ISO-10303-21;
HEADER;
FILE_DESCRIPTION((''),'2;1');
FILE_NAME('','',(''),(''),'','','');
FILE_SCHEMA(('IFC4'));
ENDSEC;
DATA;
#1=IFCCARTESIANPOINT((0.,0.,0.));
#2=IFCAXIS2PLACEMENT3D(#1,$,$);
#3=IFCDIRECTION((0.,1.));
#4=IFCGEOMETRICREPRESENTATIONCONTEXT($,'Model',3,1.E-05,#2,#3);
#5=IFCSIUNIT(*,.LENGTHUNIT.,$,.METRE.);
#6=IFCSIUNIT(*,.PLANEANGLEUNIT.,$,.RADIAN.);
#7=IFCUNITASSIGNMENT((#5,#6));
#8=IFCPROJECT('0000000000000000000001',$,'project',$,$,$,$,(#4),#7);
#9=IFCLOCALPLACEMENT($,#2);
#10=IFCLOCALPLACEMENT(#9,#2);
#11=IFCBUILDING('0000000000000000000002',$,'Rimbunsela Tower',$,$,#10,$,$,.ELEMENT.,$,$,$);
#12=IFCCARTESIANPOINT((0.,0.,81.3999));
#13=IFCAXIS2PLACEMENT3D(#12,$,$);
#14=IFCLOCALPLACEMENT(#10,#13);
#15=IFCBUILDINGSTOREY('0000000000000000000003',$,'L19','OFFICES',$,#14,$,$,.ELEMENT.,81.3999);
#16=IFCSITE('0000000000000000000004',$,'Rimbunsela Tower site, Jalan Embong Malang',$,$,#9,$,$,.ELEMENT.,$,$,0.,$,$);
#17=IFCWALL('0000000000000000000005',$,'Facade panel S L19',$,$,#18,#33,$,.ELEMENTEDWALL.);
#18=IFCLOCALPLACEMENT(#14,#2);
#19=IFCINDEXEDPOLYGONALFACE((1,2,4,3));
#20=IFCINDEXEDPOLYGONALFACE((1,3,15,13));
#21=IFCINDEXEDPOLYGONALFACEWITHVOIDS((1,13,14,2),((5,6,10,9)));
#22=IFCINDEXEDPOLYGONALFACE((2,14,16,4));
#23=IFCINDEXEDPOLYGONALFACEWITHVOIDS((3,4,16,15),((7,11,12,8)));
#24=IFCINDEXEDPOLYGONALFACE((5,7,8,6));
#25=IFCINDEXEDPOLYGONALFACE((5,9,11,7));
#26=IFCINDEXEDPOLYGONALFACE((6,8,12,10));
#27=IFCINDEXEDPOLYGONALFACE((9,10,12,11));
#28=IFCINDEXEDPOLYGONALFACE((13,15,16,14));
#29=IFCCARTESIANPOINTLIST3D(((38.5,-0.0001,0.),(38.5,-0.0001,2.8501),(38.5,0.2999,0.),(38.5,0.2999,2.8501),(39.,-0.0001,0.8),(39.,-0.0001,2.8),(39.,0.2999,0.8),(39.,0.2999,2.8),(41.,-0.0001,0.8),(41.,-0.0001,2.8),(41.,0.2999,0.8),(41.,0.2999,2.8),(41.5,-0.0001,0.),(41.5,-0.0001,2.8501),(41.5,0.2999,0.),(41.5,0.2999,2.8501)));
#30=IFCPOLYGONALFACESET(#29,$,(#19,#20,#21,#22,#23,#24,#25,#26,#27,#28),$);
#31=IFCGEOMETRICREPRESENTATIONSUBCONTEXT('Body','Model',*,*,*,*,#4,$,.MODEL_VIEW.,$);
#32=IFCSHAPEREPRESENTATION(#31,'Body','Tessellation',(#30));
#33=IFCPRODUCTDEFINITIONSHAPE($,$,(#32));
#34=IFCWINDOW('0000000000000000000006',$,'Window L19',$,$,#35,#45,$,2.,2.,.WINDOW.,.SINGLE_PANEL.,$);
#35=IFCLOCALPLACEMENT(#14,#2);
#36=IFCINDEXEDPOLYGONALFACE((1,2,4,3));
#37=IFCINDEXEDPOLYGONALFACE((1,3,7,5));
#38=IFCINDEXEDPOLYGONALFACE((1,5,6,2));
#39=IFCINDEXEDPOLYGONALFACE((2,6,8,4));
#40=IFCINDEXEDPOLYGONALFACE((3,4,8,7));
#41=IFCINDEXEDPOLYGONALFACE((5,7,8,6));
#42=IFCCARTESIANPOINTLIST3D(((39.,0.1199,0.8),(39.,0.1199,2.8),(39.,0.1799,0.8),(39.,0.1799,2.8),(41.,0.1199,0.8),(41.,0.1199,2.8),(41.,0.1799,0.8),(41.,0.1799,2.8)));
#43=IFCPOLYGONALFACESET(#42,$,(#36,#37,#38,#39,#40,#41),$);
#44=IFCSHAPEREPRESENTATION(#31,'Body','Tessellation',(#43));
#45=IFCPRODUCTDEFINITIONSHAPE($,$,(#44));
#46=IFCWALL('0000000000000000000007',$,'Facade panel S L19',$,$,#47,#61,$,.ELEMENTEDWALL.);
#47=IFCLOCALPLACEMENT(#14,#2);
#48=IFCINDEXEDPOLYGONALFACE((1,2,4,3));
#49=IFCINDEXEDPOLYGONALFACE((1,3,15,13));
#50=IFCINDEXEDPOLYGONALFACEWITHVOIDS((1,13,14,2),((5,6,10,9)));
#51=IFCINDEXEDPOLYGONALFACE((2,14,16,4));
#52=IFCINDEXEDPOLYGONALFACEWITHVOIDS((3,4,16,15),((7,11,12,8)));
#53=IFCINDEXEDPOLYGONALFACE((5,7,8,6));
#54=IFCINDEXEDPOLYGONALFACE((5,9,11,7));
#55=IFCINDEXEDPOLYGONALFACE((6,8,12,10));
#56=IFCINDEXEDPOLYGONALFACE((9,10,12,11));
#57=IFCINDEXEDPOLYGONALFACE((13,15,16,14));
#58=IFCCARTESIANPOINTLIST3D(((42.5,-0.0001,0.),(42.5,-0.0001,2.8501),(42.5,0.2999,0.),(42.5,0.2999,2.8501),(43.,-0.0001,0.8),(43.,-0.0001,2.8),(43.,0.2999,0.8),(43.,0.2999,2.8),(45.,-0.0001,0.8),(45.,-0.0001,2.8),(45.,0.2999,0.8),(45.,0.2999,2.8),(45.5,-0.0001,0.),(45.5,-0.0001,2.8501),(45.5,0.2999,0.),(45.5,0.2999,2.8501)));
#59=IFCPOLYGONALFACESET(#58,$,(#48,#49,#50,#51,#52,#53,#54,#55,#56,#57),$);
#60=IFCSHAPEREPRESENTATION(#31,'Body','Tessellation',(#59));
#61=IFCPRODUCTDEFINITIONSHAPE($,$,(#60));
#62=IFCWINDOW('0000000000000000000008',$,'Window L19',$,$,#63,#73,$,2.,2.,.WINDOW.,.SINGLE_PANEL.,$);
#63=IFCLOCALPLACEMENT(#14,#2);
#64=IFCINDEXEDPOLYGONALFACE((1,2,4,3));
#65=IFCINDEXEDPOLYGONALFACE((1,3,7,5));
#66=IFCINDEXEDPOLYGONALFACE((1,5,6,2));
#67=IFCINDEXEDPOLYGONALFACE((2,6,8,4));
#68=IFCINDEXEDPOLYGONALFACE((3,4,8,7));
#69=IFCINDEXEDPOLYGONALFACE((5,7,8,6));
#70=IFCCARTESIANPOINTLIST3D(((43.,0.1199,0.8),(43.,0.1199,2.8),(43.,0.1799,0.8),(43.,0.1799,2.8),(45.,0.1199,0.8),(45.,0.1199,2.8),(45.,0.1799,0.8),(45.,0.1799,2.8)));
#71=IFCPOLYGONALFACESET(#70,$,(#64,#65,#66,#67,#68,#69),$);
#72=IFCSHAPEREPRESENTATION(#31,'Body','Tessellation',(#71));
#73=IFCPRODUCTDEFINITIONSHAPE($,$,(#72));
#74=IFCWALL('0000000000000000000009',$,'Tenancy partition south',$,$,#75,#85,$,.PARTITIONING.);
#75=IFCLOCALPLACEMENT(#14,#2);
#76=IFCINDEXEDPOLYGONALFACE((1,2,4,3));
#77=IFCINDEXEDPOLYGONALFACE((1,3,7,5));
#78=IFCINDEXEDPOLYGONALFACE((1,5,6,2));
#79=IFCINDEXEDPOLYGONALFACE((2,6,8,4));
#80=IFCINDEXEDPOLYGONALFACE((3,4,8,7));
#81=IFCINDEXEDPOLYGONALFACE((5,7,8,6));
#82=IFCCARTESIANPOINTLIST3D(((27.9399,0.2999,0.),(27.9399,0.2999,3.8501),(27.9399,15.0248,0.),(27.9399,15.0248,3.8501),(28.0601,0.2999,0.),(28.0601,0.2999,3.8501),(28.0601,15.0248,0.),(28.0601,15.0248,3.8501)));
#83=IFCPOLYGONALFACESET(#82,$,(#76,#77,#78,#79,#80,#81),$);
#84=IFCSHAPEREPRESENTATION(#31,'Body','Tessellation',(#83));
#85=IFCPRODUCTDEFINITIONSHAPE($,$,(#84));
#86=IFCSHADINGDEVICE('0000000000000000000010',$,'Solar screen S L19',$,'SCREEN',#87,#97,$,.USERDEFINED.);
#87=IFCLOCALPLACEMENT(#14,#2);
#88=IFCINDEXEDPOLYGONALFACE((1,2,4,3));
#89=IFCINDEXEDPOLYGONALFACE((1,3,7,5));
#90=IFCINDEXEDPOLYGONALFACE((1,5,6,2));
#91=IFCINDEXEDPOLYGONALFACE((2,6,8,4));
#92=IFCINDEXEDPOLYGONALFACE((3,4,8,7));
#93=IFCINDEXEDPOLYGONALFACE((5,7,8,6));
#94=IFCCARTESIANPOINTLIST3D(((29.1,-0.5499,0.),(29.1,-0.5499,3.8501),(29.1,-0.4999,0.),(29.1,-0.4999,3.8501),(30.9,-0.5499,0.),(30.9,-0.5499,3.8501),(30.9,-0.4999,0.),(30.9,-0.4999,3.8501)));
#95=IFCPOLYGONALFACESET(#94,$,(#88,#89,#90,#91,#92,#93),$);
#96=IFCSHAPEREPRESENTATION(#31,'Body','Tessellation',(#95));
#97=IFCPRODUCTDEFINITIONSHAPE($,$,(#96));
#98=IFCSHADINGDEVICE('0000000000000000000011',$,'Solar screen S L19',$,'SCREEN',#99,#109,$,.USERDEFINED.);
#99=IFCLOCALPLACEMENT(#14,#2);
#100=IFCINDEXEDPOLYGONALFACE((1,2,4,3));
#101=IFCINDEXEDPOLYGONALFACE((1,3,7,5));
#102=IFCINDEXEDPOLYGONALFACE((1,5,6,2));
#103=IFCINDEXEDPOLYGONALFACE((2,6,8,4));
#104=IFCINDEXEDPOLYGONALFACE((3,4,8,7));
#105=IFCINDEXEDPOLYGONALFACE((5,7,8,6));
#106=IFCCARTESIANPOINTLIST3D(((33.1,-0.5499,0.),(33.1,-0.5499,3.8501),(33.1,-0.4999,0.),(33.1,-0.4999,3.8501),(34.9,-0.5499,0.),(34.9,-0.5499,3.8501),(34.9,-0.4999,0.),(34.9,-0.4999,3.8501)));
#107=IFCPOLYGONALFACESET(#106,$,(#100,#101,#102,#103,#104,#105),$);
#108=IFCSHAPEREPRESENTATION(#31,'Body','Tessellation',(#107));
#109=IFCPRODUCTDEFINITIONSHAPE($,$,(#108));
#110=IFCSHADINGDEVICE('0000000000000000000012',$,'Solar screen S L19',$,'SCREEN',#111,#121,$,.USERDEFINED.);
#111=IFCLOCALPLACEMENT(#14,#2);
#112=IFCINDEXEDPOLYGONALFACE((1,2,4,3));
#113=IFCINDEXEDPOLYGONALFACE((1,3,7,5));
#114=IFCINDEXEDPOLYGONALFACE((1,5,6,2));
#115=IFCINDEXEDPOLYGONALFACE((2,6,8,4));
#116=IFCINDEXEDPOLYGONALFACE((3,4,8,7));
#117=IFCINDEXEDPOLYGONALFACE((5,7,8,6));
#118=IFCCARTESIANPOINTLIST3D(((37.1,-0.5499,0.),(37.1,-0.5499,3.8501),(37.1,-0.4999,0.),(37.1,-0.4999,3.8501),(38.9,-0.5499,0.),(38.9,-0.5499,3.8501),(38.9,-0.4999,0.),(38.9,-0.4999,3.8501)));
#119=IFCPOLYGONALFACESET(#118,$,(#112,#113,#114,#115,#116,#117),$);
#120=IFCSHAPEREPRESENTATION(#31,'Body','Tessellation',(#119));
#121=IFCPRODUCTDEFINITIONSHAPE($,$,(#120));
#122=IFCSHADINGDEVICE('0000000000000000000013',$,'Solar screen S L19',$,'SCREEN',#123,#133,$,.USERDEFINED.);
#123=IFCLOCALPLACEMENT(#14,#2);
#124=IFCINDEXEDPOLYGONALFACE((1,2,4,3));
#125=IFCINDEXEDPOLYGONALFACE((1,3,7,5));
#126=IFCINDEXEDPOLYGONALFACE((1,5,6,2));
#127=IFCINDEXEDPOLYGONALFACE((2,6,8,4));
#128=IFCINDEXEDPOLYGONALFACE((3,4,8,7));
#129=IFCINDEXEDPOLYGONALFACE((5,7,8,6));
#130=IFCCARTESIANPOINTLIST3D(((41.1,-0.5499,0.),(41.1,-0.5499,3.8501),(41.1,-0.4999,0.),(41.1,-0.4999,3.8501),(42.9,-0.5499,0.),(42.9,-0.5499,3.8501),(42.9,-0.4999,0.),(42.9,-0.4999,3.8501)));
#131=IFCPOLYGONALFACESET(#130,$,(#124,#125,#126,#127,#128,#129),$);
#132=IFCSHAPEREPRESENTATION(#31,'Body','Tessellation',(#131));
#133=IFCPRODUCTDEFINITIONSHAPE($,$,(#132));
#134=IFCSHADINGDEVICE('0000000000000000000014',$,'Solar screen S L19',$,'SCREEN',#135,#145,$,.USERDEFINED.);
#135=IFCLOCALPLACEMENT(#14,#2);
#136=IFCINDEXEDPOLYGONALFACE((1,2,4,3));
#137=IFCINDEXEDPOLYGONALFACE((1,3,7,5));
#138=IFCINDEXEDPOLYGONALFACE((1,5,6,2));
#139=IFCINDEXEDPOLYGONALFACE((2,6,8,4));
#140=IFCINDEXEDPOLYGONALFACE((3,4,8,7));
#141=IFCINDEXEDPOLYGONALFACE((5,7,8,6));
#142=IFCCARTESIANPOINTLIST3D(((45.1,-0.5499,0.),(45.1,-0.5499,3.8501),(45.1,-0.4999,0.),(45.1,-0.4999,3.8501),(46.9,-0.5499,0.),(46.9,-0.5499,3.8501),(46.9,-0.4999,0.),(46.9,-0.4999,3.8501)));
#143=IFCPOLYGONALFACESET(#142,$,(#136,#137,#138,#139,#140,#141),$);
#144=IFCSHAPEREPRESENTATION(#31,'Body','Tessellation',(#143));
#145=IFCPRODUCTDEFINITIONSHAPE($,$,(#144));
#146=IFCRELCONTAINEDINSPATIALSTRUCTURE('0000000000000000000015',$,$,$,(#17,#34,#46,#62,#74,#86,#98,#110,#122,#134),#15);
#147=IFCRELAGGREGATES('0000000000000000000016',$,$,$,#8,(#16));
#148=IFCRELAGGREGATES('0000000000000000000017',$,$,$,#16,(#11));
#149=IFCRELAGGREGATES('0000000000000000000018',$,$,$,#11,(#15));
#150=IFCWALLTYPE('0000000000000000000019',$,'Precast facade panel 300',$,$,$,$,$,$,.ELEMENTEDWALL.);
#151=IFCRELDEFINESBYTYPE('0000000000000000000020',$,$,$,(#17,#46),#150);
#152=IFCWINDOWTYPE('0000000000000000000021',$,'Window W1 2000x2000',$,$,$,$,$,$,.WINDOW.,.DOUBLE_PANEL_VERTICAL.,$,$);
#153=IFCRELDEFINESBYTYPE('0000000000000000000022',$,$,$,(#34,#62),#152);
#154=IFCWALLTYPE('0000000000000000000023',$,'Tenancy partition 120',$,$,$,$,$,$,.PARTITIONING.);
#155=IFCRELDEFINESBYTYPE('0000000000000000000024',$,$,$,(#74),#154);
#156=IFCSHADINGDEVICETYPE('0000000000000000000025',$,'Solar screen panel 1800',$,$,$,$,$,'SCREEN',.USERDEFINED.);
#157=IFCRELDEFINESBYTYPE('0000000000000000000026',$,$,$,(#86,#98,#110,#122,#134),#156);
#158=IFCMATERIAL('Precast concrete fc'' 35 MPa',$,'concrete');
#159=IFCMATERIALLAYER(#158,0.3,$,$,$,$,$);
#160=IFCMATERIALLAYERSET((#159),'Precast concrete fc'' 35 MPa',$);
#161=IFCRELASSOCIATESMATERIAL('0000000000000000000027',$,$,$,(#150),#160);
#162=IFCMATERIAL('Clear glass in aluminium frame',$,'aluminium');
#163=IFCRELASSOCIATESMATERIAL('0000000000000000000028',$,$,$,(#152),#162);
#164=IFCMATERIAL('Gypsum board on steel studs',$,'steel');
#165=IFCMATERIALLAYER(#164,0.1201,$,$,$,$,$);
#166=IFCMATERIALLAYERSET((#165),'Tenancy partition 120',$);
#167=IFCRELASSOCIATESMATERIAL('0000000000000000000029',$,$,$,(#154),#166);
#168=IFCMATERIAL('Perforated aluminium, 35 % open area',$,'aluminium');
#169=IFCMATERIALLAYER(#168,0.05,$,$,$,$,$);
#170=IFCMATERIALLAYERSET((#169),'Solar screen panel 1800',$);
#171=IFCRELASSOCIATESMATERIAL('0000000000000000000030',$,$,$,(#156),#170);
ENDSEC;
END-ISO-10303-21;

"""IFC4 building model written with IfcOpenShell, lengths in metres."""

from ifc_helpers import new_model, si_unit, direction, frame, frame_2d, origin, origin_2d, place, context, subcontext, project, spatial, rectangle, extrude, material, layer, layer_set, type_object, element, fill, save


model = new_model("IFC4")

# Units and contexts
model_context = context("Model", 3, precision=1e-05, world=origin(), true_north=direction((0.0, 1.0)))
body_context = subcontext(model_context, "Body", "Model", "MODEL_VIEW")
ifc_project = project(units=[si_unit("LENGTHUNIT", "METRE"), si_unit("PLANEANGLEUNIT", "RADIAN")], contexts=[model_context])

# Site, building, storey
site_placement = place(None, origin())
site = spatial("IfcSite", under=ifc_project, at=site_placement, Name="Rimbunsela Tower site, Jalan Embong Malang", CompositionType="ELEMENT", RefElevation=0.0)
building_placement = place(site_placement, origin())
building = spatial("IfcBuilding", under=site, at=building_placement, Name="Rimbunsela Tower", CompositionType="ELEMENT")
storey_placement = place(building_placement, frame((0.0, 0.0, 81.3999)))
storey = spatial("IfcBuildingStorey", under=building, at=storey_placement, Name="L19", Description="OFFICES", CompositionType="ELEMENT", Elevation=81.3999)

# Shared definitions
ifc_material_1 = material(Name="Precast concrete fc' 35 MPa", Category="concrete")
ifc_layer_1 = layer(ifc_material_1, 0.3)
ifc_layer_set_1 = layer_set([ifc_layer_1], Name="Precast concrete fc' 35 MPa")
wall_type_1 = type_object("IfcWallType", Name="Precast facade panel 300", PredefinedType="ELEMENTEDWALL", material=ifc_layer_set_1)

# Walls, openings, windows
ifc_material_2 = material(Name="Clear glass in aluminium frame", Category="aluminium")
window_type_1 = type_object("IfcWindowType", Name="Window W1 2000x2000", PartitioningType="DOUBLE_PANEL_VERTICAL", PredefinedType="WINDOW", material=ifc_material_2)
wall_1_placement = place(storey_placement, frame((38.5, 0.1499, 0.0), z_axis=(0.0, 0.0, 1.0), x_axis=(1.0, 0.0, 0.0)))
wall_1 = element("IfcWall", 1, at=wall_1_placement, inside=storey, type_object=wall_type_1, Name="Facade panel S L19", PredefinedType="ELEMENTEDWALL", context=body_context, shape_type="SweptSolid", body=[
    extrude(rectangle(XDim=3.0, YDim=0.3, at=frame_2d((1.5, 0.0))), origin(), (0.0, 0.0, 1.0), 2.8501),
])
opening_1_placement = place(wall_1_placement, frame((0.5, 0.0, 0.8)))
opening_1 = element("IfcOpeningElement", 2, at=opening_1_placement, cuts=wall_1, PredefinedType="OPENING", context=body_context, shape_type="SweptSolid", body=[
    extrude(rectangle(XDim=2.0, YDim=2.0, at=frame_2d((1.0, 1.0))), frame((0.0, 0.1599, 0.0), z_axis=(0.0, -1.0, 0.0), x_axis=(1.0, 0.0, 0.0)), (0.0, 0.0, 1.0), 0.3201),
])
window_1_placement = place(opening_1_placement, origin())
window_1 = element("IfcWindow", 3, at=window_1_placement, inside=storey, type_object=window_type_1, Name="Window L19", OverallHeight=2.0, OverallWidth=2.0, PartitioningType="SINGLE_PANEL", PredefinedType="WINDOW", context=body_context, shape_type="SweptSolid", body=[
    extrude(rectangle(XDim=2.0, YDim=2.0, at=frame_2d((1.0, 1.0))), frame((0.0, 0.03, 0.0), z_axis=(0.0, -1.0, 0.0), x_axis=(1.0, 0.0, 0.0)), (0.0, 0.0, 1.0), 0.0601),
])
fill(opening_1, window_1)
wall_2_placement = place(storey_placement, frame((42.5, 0.1499, 0.0), z_axis=(0.0, 0.0, 1.0), x_axis=(1.0, 0.0, 0.0)))
wall_2 = element("IfcWall", 4, at=wall_2_placement, inside=storey, type_object=wall_type_1, Name="Facade panel S L19", PredefinedType="ELEMENTEDWALL", context=body_context, shape_type="SweptSolid", body=[
    extrude(rectangle(XDim=3.0, YDim=0.3, at=frame_2d((1.5, 0.0))), origin(), (0.0, 0.0, 1.0), 2.8501),
])
opening_2_placement = place(wall_2_placement, frame((0.5, 0.0, 0.8)))
opening_2 = element("IfcOpeningElement", 5, at=opening_2_placement, cuts=wall_2, PredefinedType="OPENING", context=body_context, shape_type="SweptSolid", body=[
    extrude(rectangle(XDim=2.0, YDim=2.0, at=frame_2d((1.0, 1.0))), frame((0.0, 0.1599, 0.0), z_axis=(0.0, -1.0, 0.0), x_axis=(1.0, 0.0, 0.0)), (0.0, 0.0, 1.0), 0.3201),
])
window_2_placement = place(opening_2_placement, origin())
window_2 = element("IfcWindow", 6, at=window_2_placement, inside=storey, type_object=window_type_1, Name="Window L19", OverallHeight=2.0, OverallWidth=2.0, PartitioningType="SINGLE_PANEL", PredefinedType="WINDOW", context=body_context, shape_type="SweptSolid", body=[
    extrude(rectangle(XDim=2.0, YDim=2.0, at=frame_2d((1.0, 1.0))), frame((0.0, 0.03, 0.0), z_axis=(0.0, -1.0, 0.0), x_axis=(1.0, 0.0, 0.0)), (0.0, 0.0, 1.0), 0.0601),
])
fill(opening_2, window_2)

# Wall
ifc_material_3 = material(Name="Gypsum board on steel studs", Category="steel")
ifc_layer_2 = layer(ifc_material_3, 0.1201)
ifc_layer_set_2 = layer_set([ifc_layer_2], Name="Tenancy partition 120")
wall_type_2 = type_object("IfcWallType", Name="Tenancy partition 120", PredefinedType="PARTITIONING", material=ifc_layer_set_2)
wall_3_placement = place(storey_placement, frame((28.0, 0.3, 0.0), z_axis=(0.0, 0.0, 1.0), x_axis=(0.0, 1.0, 0.0)))
element("IfcWall", 7, at=wall_3_placement, inside=storey, type_object=wall_type_2, Name="Tenancy partition south", PredefinedType="PARTITIONING", context=body_context, shape_type="SweptSolid", body=[
    extrude(rectangle(XDim=14.7249, YDim=0.1201, at=frame_2d((7.3623, 0.0))), origin(), (0.0, 0.0, 1.0), 3.8501),
])

# Shading devices
ifc_material_4 = material(Name="Perforated aluminium, 35 % open area", Category="aluminium")
ifc_layer_3 = layer(ifc_material_4, 0.05)
ifc_layer_set_3 = layer_set([ifc_layer_3], Name="Solar screen panel 1800")
shading_device_type = type_object("IfcShadingDeviceType", Name="Solar screen panel 1800", ElementType="SCREEN", PredefinedType="USERDEFINED", material=ifc_layer_set_3)
for number, where, z_axis, x_axis, name in (
    (8, (30.0, -0.5249, 0.0), (0.0, 0.0, 1.0), (1.0, 0.0, 0.0), "Solar screen S L19"),
    (9, (34.0, -0.5249, 0.0), (0.0, 0.0, 1.0), (1.0, 0.0, 0.0), "Solar screen S L19"),
    (10, (38.0, -0.5249, 0.0), (0.0, 0.0, 1.0), (1.0, 0.0, 0.0), "Solar screen S L19"),
    (11, (42.0, -0.5249, 0.0), (0.0, 0.0, 1.0), (1.0, 0.0, 0.0), "Solar screen S L19"),
    (12, (46.0, -0.5249, 0.0), (0.0, 0.0, 1.0), (1.0, 0.0, 0.0), "Solar screen S L19"),
):
    element("IfcShadingDevice", number, at=place(storey_placement, frame(where, z_axis=z_axis, x_axis=x_axis)), inside=storey, type_object=shading_device_type, Name=name, ObjectType="SCREEN", PredefinedType="USERDEFINED", context=body_context, shape_type="SweptSolid", body=[
        extrude(rectangle(XDim=1.8, YDim=0.05, at=origin_2d()), origin(), (0.0, 0.0, 1.0), 3.8501),
    ])

save(model, "model.ifc")
